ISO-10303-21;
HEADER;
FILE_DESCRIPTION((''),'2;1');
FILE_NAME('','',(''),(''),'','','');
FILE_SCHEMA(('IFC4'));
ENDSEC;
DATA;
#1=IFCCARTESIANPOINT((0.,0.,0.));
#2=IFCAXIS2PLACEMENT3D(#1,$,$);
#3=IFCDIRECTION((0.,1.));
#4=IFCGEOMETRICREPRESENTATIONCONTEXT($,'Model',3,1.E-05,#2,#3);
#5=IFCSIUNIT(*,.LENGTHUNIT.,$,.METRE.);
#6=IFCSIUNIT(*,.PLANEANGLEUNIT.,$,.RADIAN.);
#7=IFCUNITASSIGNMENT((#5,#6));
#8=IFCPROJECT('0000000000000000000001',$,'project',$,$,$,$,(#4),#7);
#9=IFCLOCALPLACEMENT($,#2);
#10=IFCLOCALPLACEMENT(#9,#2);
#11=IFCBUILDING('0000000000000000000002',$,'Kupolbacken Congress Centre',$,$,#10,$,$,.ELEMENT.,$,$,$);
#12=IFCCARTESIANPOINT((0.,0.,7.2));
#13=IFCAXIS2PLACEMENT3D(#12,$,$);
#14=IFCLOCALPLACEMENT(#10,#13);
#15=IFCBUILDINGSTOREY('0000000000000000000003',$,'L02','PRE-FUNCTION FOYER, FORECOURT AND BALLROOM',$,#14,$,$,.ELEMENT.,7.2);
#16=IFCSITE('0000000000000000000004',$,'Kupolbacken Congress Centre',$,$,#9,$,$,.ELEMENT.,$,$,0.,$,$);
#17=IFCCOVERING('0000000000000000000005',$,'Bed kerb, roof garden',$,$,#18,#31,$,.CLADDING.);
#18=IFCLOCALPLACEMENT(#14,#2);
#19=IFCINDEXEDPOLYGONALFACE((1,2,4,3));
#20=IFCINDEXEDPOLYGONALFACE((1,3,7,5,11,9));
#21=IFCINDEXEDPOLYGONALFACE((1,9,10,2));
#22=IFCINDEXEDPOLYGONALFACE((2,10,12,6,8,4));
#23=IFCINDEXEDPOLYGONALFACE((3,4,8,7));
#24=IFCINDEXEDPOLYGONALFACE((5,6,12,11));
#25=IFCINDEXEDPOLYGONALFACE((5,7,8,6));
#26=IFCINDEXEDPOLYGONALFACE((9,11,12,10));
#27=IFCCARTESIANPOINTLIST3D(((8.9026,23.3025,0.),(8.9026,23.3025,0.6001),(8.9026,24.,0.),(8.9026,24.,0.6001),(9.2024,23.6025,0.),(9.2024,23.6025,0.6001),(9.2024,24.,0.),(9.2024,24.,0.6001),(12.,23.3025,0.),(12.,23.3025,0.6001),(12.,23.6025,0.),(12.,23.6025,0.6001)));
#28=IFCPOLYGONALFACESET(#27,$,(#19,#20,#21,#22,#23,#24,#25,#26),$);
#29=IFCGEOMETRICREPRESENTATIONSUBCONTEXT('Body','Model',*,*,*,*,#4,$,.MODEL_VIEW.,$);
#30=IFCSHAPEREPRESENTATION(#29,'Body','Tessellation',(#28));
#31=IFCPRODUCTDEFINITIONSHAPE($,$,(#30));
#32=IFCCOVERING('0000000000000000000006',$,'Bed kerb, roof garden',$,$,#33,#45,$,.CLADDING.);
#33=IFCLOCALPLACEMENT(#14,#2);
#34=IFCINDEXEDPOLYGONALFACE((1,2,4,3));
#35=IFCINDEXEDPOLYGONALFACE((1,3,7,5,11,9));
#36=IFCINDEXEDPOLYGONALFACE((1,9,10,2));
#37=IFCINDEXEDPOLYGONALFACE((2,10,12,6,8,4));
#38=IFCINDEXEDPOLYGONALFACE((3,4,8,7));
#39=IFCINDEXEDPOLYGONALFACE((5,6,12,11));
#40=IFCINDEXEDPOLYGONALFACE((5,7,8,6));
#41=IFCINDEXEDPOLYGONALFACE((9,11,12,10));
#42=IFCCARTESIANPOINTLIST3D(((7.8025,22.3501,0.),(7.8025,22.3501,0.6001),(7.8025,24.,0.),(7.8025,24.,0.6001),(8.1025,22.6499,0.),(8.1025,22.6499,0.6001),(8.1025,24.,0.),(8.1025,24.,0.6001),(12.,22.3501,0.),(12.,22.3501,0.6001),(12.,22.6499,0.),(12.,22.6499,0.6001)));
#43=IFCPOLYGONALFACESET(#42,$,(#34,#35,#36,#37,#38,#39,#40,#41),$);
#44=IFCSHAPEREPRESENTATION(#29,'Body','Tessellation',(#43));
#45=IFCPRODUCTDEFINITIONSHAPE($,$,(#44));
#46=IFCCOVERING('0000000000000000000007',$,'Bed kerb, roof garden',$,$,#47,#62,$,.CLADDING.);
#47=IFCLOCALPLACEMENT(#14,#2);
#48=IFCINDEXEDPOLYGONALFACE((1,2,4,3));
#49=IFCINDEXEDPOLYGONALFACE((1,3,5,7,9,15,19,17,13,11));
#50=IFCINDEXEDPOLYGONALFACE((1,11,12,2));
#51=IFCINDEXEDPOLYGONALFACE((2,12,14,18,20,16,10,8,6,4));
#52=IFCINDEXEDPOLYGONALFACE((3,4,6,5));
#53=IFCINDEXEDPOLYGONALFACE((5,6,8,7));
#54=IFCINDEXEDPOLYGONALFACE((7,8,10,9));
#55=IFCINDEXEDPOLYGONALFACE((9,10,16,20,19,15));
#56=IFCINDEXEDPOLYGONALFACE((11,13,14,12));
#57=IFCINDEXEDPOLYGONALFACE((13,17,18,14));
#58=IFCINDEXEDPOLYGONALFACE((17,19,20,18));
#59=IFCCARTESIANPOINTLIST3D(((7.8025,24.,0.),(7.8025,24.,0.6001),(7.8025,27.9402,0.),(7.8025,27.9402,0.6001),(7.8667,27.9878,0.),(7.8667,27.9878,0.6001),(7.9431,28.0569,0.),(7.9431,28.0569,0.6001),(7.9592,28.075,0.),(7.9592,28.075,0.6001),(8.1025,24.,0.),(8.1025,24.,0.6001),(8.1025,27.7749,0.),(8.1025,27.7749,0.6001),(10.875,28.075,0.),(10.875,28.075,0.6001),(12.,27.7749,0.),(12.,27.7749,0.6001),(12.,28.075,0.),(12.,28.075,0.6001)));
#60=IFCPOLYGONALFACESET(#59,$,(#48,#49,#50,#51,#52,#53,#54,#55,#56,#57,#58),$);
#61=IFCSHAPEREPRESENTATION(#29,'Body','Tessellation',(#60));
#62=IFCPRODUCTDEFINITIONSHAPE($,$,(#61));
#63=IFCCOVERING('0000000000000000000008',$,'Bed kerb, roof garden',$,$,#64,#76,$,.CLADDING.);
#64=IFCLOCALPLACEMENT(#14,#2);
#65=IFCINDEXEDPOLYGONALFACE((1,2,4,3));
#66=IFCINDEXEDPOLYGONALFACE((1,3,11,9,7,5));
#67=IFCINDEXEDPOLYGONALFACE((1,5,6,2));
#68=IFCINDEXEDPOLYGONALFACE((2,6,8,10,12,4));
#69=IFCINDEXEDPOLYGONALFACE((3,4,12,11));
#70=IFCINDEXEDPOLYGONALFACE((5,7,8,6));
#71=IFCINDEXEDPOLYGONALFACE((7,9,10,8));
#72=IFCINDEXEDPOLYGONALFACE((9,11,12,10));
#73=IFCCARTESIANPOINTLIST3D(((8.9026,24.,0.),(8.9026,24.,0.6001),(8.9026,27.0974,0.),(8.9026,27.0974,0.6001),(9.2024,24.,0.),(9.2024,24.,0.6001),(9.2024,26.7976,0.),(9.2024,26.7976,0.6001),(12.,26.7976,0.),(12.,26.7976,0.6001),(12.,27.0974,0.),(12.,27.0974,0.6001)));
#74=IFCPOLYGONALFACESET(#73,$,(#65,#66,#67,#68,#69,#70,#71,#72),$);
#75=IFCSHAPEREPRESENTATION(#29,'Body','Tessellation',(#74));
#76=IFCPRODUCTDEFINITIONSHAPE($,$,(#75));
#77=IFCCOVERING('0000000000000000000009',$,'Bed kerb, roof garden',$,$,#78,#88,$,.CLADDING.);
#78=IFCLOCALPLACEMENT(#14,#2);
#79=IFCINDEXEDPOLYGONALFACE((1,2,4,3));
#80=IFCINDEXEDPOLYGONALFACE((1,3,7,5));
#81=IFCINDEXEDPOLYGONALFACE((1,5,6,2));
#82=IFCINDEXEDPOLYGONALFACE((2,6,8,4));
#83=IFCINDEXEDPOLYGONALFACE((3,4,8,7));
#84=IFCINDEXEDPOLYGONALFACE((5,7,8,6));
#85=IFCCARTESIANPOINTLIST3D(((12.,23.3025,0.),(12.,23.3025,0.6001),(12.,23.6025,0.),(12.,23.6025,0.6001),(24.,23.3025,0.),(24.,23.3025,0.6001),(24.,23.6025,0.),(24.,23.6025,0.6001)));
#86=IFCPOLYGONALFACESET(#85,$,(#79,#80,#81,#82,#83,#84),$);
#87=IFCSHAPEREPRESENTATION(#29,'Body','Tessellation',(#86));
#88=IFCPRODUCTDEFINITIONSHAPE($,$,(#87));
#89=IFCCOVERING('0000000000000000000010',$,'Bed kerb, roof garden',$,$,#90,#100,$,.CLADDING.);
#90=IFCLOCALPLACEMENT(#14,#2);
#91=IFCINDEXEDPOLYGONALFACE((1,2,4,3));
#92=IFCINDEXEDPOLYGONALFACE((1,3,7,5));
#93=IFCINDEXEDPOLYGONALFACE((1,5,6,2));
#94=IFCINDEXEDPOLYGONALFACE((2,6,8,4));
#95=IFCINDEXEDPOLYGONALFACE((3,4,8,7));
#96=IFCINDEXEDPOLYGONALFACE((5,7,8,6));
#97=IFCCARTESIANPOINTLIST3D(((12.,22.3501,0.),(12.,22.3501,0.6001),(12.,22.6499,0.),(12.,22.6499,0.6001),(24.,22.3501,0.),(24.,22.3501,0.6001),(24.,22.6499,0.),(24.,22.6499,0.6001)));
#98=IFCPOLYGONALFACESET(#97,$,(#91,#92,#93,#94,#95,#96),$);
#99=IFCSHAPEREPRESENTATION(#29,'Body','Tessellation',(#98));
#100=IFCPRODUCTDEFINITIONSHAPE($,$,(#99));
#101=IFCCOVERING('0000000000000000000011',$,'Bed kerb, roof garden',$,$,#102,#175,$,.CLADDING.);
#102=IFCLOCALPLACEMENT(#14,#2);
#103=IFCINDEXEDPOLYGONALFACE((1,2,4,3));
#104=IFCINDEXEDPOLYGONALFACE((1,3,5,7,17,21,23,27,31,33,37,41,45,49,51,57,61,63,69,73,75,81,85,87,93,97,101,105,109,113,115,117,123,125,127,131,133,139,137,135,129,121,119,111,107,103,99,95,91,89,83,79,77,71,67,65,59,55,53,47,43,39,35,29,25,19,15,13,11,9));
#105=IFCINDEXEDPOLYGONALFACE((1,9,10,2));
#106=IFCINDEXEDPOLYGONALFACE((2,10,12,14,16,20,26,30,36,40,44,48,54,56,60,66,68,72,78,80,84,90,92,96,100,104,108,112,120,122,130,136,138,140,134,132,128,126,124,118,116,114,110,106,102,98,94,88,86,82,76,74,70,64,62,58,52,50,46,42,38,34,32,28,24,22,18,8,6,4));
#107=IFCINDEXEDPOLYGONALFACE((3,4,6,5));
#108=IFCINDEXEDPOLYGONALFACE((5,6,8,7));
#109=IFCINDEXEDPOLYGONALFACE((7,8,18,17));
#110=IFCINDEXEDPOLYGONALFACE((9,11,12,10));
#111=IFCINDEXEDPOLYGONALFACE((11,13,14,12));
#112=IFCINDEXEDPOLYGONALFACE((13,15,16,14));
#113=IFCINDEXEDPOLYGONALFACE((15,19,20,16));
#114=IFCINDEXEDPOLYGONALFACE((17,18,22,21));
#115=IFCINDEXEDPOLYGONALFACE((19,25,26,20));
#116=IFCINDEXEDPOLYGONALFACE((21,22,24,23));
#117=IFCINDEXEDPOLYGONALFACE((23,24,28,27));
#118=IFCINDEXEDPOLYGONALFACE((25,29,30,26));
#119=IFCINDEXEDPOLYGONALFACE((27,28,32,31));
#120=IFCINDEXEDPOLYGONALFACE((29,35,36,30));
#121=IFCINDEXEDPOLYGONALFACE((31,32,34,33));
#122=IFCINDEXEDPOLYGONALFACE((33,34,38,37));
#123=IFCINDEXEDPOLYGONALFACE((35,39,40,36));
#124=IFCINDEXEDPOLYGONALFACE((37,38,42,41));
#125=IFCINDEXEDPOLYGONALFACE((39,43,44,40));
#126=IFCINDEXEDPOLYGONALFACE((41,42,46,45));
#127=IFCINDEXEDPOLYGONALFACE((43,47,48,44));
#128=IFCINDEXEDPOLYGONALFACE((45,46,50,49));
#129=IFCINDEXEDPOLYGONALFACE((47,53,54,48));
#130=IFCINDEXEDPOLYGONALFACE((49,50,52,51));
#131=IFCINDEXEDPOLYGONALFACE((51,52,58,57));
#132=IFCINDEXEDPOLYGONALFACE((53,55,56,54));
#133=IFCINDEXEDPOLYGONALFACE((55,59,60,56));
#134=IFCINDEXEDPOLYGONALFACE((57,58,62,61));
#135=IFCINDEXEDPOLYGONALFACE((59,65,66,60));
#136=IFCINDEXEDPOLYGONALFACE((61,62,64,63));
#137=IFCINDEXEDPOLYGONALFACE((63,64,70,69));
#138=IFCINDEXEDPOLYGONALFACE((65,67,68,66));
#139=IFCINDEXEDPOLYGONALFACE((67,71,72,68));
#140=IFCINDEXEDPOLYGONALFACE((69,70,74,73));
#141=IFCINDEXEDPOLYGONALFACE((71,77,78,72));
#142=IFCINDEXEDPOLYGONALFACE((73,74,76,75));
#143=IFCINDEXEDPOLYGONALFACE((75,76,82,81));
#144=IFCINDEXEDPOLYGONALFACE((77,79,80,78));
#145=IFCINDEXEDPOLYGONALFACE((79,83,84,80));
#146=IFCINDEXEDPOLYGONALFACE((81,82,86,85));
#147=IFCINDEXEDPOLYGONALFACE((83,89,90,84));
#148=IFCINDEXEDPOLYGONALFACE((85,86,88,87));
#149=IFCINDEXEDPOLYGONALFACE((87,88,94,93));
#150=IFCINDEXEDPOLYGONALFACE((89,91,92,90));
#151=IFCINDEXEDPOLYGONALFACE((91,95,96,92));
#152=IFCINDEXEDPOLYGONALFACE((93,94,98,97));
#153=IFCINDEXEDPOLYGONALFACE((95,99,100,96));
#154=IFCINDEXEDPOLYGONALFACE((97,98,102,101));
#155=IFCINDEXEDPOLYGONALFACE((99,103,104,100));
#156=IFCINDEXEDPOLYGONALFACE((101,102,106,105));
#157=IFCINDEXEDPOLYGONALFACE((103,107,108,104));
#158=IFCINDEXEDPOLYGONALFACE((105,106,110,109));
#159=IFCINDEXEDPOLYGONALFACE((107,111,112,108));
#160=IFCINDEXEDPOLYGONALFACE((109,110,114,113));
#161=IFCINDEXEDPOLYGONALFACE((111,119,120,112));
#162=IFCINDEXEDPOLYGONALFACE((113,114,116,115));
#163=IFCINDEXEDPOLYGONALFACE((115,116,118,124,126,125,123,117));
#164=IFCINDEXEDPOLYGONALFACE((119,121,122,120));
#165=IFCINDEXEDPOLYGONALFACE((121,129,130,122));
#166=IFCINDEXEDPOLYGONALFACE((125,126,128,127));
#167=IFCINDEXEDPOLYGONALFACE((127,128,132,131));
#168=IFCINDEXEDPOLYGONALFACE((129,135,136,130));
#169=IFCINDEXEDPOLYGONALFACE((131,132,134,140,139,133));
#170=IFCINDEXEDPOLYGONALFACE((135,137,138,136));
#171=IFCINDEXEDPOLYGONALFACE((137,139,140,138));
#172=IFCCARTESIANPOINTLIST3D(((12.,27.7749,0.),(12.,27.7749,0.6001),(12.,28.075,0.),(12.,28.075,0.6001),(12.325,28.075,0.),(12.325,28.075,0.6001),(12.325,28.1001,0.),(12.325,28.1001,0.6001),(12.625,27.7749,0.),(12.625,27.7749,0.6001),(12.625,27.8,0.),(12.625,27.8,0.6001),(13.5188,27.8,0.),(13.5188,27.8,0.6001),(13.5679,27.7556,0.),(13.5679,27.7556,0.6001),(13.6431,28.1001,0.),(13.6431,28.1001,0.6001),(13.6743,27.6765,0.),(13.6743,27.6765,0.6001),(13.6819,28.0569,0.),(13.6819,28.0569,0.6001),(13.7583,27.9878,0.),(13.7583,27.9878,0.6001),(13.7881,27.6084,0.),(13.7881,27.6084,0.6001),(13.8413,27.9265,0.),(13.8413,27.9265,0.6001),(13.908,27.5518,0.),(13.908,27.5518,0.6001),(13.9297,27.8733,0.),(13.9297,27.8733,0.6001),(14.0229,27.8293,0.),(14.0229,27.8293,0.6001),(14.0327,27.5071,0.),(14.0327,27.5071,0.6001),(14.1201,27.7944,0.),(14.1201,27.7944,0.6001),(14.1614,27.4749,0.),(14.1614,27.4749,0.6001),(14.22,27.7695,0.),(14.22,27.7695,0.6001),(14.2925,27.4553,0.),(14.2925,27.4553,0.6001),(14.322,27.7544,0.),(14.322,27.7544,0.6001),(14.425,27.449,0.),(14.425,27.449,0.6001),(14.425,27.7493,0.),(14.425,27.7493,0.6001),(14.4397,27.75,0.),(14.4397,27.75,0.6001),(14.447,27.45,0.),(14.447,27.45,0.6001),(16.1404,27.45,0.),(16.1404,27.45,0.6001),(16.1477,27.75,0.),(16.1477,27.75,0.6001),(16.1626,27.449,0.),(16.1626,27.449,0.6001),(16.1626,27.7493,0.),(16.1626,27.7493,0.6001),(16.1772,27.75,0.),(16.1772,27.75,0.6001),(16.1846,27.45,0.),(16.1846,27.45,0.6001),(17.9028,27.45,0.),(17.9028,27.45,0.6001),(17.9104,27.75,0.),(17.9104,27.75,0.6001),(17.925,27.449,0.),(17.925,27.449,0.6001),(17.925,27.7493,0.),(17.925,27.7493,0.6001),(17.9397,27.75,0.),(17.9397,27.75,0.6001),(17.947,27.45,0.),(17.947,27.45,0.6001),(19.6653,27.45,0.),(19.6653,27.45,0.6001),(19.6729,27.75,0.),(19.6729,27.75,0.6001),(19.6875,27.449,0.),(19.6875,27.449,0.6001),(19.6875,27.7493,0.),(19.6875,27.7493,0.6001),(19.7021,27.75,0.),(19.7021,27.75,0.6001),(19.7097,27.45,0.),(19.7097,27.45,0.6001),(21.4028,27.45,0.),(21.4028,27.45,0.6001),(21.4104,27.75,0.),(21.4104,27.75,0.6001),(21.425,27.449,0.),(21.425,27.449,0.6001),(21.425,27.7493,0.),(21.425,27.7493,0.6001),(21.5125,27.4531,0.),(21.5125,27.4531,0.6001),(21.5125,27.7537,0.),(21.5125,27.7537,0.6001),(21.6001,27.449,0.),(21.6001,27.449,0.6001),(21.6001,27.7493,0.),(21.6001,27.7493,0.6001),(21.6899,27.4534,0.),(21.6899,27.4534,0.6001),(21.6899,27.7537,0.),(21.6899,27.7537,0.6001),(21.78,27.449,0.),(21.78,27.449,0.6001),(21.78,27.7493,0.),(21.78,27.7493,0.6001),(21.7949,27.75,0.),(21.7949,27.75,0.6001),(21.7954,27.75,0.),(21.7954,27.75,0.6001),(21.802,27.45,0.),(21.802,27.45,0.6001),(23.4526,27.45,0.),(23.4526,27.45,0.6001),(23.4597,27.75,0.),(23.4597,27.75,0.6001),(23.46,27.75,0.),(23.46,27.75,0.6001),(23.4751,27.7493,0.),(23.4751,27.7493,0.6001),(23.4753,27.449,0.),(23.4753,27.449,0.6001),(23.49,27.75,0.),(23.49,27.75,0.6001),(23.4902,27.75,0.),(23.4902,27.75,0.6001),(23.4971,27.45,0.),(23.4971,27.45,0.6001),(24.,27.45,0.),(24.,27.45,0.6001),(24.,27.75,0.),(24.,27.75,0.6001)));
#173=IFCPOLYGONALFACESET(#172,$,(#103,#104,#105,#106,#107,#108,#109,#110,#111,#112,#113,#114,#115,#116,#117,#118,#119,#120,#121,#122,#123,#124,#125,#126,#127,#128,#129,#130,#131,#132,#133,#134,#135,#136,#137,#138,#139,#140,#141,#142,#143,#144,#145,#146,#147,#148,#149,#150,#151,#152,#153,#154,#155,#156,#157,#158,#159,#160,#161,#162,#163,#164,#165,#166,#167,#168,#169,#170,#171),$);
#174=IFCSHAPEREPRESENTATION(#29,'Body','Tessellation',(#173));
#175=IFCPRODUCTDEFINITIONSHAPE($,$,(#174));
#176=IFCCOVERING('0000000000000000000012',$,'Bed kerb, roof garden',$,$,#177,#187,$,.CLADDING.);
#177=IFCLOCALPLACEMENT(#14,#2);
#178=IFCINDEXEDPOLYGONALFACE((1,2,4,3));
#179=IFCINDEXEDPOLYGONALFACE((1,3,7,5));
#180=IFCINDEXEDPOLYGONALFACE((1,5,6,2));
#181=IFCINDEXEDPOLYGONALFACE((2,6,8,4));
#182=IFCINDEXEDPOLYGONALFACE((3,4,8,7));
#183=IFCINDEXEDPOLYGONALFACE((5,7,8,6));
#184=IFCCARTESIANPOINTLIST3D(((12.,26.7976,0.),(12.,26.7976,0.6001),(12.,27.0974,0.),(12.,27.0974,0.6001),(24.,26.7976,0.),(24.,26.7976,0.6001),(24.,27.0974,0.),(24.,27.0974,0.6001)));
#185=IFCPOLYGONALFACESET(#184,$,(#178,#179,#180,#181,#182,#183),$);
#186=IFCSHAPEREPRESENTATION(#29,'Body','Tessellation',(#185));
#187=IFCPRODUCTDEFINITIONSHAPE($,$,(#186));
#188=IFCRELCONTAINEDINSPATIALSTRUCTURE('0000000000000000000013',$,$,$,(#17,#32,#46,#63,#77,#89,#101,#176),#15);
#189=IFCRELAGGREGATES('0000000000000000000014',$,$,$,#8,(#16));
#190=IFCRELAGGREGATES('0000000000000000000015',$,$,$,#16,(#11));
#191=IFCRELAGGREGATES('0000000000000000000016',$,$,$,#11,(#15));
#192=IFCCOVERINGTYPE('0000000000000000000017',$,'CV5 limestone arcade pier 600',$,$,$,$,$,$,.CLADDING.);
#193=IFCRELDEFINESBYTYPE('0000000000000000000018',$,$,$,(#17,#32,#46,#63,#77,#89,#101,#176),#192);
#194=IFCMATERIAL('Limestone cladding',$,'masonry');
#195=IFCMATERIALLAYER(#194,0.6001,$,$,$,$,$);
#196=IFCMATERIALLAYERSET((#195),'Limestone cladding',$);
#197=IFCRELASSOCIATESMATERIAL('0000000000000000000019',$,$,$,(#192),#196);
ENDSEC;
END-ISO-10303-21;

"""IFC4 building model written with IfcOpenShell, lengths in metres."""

from ifc_helpers import new_model, si_unit, direction, frame, origin, place, context, subcontext, project, spatial, polyline, outline, extrude, material, layer, layer_set, type_object, element, save


model = new_model("IFC4")

# Units and contexts
model_context = context("Model", 3, precision=1e-05, world=origin(), true_north=direction((0.0, 1.0)))
body_context = subcontext(model_context, "Body", "Model", "MODEL_VIEW")
ifc_project = project(units=[si_unit("LENGTHUNIT", "METRE"), si_unit("PLANEANGLEUNIT", "RADIAN")], contexts=[model_context])

# Site, building, storey
site_placement = place(None, origin())
site = spatial("IfcSite", under=ifc_project, at=site_placement, Name="Kupolbacken Congress Centre", CompositionType="ELEMENT", RefElevation=0.0)
building_placement = place(site_placement, origin())
building = spatial("IfcBuilding", under=site, at=building_placement, Name="Kupolbacken Congress Centre", CompositionType="ELEMENT")
storey_placement = place(building_placement, frame((0.0, 0.0, 7.2)))
storey = spatial("IfcBuildingStorey", under=building, at=storey_placement, Name="L02", Description="PRE-FUNCTION FOYER, FORECOURT AND BALLROOM", CompositionType="ELEMENT", Elevation=7.2)

# Coverings
ifc_material_1 = material(Name="Limestone cladding", Category="masonry")
ifc_layer_1 = layer(ifc_material_1, 0.6001)
ifc_layer_set_1 = layer_set([ifc_layer_1], Name="Limestone cladding")
covering_type_1 = type_object("IfcCoveringType", Name="CV5 limestone arcade pier 600", PredefinedType="CLADDING", material=ifc_layer_set_1)
covering_1_placement = place(storey_placement, origin())
element("IfcCovering", 1, at=covering_1_placement, inside=storey, type_object=covering_type_1, Name="Bed kerb, roof garden", PredefinedType="CLADDING", context=body_context, shape_type="SweptSolid", body=[
    extrude(outline(polyline([(9.2024, 23.6025), (12.0, 23.6025), (12.0, 23.3025), (8.9026, 23.3025), (8.9026, 24.0), (9.2024, 24.0), (9.2024, 23.6025)])), origin(), (0.0, 0.0, 1.0), 0.6001),
])
covering_2_placement = place(storey_placement, origin())
element("IfcCovering", 2, at=covering_2_placement, inside=storey, type_object=covering_type_1, Name="Bed kerb, roof garden", PredefinedType="CLADDING", context=body_context, shape_type="SweptSolid", body=[
    extrude(outline(polyline([(7.8025, 22.3501), (7.8025, 24.0), (8.1025, 24.0), (8.1025, 22.6499), (12.0, 22.6499), (12.0, 22.3501), (7.8025, 22.3501)])), origin(), (0.0, 0.0, 1.0), 0.6001),
])
covering_3_placement = place(storey_placement, origin())
element("IfcCovering", 3, at=covering_3_placement, inside=storey, type_object=covering_type_1, Name="Bed kerb, roof garden", PredefinedType="CLADDING", context=body_context, shape_type="SweptSolid", body=[
    extrude(outline(polyline([(7.9431, 28.0569), (7.9592, 28.075), (10.875, 28.075), (12.0, 28.075), (12.0, 27.7749), (8.1025, 27.7749), (8.1025, 24.0), (7.8025, 24.0), (7.8025, 27.9402), (7.8667, 27.9878), (7.9431, 28.0569)])), origin(), (0.0, 0.0, 1.0), 0.6001),
])
covering_4_placement = place(storey_placement, origin())
element("IfcCovering", 4, at=covering_4_placement, inside=storey, type_object=covering_type_1, Name="Bed kerb, roof garden", PredefinedType="CLADDING", context=body_context, shape_type="SweptSolid", body=[
    extrude(outline(polyline([(9.2024, 26.7976), (9.2024, 24.0), (8.9026, 24.0), (8.9026, 27.0974), (12.0, 27.0974), (12.0, 26.7976), (9.2024, 26.7976)])), origin(), (0.0, 0.0, 1.0), 0.6001),
])
covering_5_placement = place(storey_placement, origin())
element("IfcCovering", 5, at=covering_5_placement, inside=storey, type_object=covering_type_1, Name="Bed kerb, roof garden", PredefinedType="CLADDING", context=body_context, shape_type="SweptSolid", body=[
    extrude(outline(polyline([(24.0, 23.6025), (24.0, 23.3025), (12.0, 23.3025), (12.0, 23.6025), (24.0, 23.6025)])), origin(), (0.0, 0.0, 1.0), 0.6001),
])
covering_6_placement = place(storey_placement, origin())
element("IfcCovering", 6, at=covering_6_placement, inside=storey, type_object=covering_type_1, Name="Bed kerb, roof garden", PredefinedType="CLADDING", context=body_context, shape_type="SweptSolid", body=[
    extrude(outline(polyline([(12.0, 22.3501), (12.0, 22.6499), (24.0, 22.6499), (24.0, 22.3501), (12.0, 22.3501)])), origin(), (0.0, 0.0, 1.0), 0.6001),
])
covering_7_placement = place(storey_placement, origin())
element("IfcCovering", 7, at=covering_7_placement, inside=storey, type_object=covering_type_1, Name="Bed kerb, roof garden", PredefinedType="CLADDING", context=body_context, shape_type="SweptSolid", body=[
    extrude(outline(polyline([(12.325, 28.075), (12.325, 28.1001), (13.6431, 28.1001), (13.6819, 28.0569), (13.7583, 27.9878), (13.8413, 27.9265), (13.9297, 27.8733), (14.0229, 27.8293), (14.1201, 27.7944), (14.22, 27.7695), (14.322, 27.7544), (14.425, 27.7493), (14.4397, 27.75), (16.1477, 27.75), (16.1626, 27.7493), (16.1772, 27.75), (17.9104, 27.75), (17.925, 27.7493), (17.9397, 27.75), (19.6729, 27.75), (19.6875, 27.7493), (19.7021, 27.75), (21.4104, 27.75), (21.425, 27.7493), (21.5125, 27.7537), (21.6001, 27.7493), (21.6899, 27.7537), (21.78, 27.7493), (21.7949, 27.75), (21.7954, 27.75), (23.4597, 27.75), (23.46, 27.75), (23.4751, 27.7493), (23.49, 27.75), (23.4902, 27.75), (24.0, 27.75), (24.0, 27.45), (23.4971, 27.45), (23.4753, 27.449), (23.4526, 27.45), (21.802, 27.45), (21.78, 27.449), (21.6899, 27.4534), (21.6001, 27.449), (21.5125, 27.4531), (21.425, 27.449), (21.4028, 27.45), (19.7097, 27.45), (19.6875, 27.449), (19.6653, 27.45), (17.947, 27.45), (17.925, 27.449), (17.9028, 27.45), (16.1846, 27.45), (16.1626, 27.449), (16.1404, 27.45), (14.447, 27.45), (14.425, 27.449), (14.2925, 27.4553), (14.1614, 27.4749), (14.0327, 27.5071), (13.908, 27.5518), (13.7881, 27.6084), (13.6743, 27.6765), (13.5679, 27.7556), (13.5188, 27.8), (12.625, 27.8), (12.625, 27.7749), (12.0, 27.7749), (12.0, 28.075), (12.325, 28.075)])), origin(), (0.0, 0.0, 1.0), 0.6001),
])
covering_8_placement = place(storey_placement, origin())
element("IfcCovering", 8, at=covering_8_placement, inside=storey, type_object=covering_type_1, Name="Bed kerb, roof garden", PredefinedType="CLADDING", context=body_context, shape_type="SweptSolid", body=[
    extrude(outline(polyline([(12.0, 26.7976), (12.0, 27.0974), (24.0, 27.0974), (24.0, 26.7976), (12.0, 26.7976)])), origin(), (0.0, 0.0, 1.0), 0.6001),
])

save(model, "model.ifc")
